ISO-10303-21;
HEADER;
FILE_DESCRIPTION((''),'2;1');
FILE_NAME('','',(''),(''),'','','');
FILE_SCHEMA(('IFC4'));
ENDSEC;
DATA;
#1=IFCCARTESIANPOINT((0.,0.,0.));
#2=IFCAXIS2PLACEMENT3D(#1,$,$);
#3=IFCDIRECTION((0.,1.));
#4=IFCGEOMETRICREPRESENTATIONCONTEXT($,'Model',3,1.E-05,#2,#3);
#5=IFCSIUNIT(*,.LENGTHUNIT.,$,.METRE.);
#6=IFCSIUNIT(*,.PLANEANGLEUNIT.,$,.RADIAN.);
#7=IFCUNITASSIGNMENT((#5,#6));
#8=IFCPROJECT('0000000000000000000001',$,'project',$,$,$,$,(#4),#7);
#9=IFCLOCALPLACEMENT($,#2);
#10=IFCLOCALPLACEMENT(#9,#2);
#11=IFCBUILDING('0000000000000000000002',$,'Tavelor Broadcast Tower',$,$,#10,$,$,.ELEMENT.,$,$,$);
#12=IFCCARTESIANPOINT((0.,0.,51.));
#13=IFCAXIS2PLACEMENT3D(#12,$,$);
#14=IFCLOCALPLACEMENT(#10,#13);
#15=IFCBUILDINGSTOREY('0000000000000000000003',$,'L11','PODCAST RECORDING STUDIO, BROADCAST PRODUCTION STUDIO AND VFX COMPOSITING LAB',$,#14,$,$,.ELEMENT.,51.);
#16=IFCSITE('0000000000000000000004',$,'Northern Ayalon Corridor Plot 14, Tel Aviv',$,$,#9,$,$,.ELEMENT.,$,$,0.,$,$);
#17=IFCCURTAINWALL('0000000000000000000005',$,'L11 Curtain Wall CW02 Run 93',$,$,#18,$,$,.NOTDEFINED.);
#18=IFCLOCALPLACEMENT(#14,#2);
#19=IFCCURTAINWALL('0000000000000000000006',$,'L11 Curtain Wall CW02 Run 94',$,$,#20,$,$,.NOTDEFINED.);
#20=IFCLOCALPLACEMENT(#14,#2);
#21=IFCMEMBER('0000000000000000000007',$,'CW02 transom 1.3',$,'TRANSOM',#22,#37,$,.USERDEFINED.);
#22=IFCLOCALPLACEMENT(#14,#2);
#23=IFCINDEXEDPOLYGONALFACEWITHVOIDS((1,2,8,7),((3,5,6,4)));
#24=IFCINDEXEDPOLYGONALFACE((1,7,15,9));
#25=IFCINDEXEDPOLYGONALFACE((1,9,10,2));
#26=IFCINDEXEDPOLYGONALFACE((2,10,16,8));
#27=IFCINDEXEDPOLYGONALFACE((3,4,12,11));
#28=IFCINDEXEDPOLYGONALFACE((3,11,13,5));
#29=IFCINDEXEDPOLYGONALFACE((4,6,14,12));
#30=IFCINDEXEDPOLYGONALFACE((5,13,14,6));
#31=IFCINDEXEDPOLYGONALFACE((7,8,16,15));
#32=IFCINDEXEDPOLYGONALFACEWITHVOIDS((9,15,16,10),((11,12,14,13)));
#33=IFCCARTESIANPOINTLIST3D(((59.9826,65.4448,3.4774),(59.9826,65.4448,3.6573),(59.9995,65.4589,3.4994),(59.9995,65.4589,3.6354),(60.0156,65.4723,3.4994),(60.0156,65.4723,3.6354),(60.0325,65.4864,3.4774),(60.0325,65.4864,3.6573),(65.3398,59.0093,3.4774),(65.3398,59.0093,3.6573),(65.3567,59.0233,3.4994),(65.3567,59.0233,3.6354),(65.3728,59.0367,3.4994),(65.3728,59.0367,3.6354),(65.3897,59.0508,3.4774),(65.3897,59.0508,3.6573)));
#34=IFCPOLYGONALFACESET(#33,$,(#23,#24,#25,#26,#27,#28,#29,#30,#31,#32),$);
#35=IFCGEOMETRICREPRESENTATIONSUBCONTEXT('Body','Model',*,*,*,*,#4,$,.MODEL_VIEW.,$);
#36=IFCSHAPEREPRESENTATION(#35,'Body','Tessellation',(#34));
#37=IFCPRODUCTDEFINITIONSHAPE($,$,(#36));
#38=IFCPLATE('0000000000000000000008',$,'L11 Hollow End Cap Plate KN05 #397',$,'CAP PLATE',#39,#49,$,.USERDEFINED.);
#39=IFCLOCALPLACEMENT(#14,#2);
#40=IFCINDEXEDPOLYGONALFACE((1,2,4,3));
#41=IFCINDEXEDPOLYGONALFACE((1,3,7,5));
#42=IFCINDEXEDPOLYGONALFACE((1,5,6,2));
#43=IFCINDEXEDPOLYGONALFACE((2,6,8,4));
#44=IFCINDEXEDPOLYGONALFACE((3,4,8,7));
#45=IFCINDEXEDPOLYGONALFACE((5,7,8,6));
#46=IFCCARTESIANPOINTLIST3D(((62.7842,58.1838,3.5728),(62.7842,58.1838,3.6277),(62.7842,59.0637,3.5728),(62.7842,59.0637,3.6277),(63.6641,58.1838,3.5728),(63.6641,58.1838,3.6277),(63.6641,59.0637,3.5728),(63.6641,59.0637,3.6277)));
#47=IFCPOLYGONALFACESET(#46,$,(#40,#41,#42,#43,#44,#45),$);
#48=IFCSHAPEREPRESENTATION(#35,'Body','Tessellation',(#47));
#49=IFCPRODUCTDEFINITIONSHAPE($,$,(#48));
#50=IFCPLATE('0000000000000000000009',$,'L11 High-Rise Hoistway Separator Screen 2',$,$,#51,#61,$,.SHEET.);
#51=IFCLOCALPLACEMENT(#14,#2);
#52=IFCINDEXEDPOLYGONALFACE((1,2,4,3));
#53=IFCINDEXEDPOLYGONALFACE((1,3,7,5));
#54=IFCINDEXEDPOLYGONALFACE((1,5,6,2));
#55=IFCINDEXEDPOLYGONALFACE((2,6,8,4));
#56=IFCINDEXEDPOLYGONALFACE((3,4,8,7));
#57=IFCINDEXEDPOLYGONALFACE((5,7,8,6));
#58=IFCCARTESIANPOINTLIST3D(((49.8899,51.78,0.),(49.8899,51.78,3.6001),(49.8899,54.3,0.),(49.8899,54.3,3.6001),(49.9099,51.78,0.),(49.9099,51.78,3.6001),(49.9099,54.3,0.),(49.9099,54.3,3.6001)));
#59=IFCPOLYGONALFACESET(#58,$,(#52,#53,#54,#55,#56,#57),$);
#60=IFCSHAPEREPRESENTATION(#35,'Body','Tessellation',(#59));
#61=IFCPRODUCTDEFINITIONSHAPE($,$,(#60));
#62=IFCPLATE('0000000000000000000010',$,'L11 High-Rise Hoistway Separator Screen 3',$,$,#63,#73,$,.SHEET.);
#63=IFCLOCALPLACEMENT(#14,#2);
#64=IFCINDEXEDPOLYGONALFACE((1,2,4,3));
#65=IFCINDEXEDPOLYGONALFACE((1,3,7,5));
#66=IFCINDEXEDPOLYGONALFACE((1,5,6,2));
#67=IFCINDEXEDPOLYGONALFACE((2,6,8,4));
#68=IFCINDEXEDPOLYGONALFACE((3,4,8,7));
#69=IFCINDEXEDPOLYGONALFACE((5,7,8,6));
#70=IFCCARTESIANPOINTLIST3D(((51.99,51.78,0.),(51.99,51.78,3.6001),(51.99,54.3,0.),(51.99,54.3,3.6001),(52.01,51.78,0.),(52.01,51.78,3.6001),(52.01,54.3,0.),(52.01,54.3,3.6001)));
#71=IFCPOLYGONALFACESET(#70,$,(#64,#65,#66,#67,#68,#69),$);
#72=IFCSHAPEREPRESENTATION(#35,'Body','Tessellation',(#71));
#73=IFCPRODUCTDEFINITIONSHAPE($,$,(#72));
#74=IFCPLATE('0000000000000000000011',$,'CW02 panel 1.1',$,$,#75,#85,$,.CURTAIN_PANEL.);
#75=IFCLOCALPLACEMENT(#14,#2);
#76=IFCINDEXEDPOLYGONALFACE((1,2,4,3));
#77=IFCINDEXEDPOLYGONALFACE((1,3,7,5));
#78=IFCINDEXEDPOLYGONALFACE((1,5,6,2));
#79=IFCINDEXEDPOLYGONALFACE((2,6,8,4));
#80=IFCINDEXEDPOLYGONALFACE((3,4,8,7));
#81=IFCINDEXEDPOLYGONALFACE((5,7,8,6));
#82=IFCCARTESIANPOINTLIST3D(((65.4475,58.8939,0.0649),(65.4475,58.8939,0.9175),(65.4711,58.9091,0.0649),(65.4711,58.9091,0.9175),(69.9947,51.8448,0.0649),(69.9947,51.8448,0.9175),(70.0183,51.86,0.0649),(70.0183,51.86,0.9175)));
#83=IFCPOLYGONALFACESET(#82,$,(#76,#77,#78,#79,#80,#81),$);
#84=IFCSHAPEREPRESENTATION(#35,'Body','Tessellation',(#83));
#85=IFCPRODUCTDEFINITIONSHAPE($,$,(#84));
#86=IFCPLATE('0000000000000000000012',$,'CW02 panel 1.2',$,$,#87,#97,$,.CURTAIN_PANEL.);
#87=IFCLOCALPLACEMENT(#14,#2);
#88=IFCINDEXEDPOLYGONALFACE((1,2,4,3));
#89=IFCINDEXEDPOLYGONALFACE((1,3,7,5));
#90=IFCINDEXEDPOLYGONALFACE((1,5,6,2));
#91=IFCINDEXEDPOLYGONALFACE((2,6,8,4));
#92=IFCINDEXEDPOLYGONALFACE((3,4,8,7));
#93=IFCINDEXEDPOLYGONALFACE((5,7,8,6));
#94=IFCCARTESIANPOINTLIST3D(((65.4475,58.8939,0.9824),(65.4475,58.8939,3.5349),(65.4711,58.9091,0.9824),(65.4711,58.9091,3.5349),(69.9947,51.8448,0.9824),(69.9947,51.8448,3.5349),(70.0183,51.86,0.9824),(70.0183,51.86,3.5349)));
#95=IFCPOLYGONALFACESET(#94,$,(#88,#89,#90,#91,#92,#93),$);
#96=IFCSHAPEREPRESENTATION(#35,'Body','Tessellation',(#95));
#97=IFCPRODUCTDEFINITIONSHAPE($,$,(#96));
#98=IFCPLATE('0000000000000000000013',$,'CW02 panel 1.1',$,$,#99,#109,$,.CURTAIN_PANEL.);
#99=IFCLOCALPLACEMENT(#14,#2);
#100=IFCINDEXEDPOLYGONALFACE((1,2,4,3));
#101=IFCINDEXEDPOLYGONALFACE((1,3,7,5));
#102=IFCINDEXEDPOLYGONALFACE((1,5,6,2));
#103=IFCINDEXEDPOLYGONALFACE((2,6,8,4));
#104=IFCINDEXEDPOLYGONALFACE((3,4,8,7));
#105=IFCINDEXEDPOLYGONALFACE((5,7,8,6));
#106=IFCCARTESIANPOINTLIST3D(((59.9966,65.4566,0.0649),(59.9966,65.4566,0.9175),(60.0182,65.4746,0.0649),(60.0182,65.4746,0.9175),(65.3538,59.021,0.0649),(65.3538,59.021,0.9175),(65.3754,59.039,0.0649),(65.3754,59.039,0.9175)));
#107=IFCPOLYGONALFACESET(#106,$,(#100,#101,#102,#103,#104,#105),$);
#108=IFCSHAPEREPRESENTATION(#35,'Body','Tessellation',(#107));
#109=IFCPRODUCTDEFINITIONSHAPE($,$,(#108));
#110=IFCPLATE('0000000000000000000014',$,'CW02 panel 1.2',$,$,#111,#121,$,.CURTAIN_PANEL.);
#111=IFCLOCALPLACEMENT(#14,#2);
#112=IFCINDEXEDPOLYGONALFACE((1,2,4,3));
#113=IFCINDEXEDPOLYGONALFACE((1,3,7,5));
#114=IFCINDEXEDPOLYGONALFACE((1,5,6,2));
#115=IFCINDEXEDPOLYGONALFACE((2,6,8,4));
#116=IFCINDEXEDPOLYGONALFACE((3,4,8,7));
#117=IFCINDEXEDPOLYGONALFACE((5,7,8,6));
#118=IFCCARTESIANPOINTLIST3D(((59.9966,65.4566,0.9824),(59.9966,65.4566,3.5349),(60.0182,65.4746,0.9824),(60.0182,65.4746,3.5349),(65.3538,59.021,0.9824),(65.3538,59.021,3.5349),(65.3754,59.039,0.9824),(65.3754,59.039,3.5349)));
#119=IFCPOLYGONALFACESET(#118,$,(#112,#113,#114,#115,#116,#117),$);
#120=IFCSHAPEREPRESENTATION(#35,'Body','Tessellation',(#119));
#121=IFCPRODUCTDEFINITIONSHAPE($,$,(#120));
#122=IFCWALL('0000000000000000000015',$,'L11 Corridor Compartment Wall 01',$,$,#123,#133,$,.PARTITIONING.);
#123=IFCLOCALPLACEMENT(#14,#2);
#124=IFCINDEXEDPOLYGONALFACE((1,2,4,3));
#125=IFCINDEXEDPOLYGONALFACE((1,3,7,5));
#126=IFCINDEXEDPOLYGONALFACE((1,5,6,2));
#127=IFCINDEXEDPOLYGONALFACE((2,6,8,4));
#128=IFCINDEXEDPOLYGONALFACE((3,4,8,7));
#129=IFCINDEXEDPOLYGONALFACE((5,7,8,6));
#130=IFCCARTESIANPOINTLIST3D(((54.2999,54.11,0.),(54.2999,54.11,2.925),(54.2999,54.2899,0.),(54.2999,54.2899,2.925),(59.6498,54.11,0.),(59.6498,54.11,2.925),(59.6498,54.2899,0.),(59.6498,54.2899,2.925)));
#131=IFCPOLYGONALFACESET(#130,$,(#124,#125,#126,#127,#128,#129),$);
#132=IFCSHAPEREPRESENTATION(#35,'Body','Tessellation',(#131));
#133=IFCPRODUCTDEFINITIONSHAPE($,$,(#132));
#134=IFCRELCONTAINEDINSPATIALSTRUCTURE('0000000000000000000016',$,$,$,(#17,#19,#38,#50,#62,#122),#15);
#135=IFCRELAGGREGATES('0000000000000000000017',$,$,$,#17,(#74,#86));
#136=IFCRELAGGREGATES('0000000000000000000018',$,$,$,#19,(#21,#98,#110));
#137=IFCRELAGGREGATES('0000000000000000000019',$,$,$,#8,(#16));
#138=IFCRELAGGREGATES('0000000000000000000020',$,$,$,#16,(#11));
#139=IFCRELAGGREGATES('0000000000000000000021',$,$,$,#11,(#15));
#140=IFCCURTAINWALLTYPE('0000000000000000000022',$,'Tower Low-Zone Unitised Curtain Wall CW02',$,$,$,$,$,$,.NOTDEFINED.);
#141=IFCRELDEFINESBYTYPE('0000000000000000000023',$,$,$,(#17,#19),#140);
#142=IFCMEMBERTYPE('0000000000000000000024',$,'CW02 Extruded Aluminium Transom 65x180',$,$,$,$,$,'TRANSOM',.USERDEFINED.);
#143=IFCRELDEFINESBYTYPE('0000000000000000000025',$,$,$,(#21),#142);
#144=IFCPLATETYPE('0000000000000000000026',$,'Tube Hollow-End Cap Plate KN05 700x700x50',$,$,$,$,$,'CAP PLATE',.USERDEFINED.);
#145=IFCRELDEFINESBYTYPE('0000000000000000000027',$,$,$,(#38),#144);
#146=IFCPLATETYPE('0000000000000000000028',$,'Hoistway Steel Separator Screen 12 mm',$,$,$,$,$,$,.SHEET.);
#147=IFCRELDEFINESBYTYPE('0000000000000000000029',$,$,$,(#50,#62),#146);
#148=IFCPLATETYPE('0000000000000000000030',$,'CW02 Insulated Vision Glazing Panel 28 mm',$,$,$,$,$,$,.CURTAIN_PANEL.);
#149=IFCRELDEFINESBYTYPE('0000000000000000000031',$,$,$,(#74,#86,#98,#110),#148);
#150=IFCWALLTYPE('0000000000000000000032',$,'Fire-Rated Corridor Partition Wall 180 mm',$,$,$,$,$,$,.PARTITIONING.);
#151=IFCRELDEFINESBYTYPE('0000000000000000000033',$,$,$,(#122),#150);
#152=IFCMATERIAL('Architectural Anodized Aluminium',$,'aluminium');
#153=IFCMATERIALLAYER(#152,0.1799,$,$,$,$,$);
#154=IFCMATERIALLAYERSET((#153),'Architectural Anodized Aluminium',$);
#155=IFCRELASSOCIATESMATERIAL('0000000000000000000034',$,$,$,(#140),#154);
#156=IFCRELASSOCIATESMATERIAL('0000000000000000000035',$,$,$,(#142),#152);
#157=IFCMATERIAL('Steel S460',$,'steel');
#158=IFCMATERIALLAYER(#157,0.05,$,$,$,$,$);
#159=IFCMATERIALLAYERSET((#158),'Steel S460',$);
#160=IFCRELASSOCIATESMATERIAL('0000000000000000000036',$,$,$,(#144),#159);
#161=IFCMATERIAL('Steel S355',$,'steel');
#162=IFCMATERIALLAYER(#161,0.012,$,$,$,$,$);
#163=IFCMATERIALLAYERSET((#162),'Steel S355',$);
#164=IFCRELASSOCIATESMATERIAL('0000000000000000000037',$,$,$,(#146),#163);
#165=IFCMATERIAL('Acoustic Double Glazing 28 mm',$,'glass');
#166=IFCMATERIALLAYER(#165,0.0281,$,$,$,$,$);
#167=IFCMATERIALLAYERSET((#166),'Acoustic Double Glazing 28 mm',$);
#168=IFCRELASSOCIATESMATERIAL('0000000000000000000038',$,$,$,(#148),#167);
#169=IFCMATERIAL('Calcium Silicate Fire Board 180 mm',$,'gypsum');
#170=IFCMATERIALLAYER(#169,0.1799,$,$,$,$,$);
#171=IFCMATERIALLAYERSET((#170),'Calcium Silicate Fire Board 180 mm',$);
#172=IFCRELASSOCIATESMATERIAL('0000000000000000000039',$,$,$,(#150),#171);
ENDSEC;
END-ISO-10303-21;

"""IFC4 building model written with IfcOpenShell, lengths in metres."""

from ifc_helpers import new_model, si_unit, direction, frame, frame_2d, origin, origin_2d, place, context, subcontext, project, spatial, rectangle, hollow_rectangle, extrude, source, transform, mapped, material, layer, layer_set, material_profile, profile_set, type_object, type_shapes, element, aggregate, save


model = new_model("IFC4")

# Units and contexts
model_context = context("Model", 3, precision=1e-05, world=origin(), true_north=direction((0.0, 1.0)))
body_context = subcontext(model_context, "Body", "Model", "MODEL_VIEW")
ifc_project = project(units=[si_unit("LENGTHUNIT", "METRE"), si_unit("PLANEANGLEUNIT", "RADIAN")], contexts=[model_context])

# Site, building, storey
site_placement = place(None, origin())
site = spatial("IfcSite", under=ifc_project, at=site_placement, Name="Northern Ayalon Corridor Plot 14, Tel Aviv", CompositionType="ELEMENT", RefElevation=0.0)
building_placement = place(site_placement, origin())
building = spatial("IfcBuilding", under=site, at=building_placement, Name="Tavelor Broadcast Tower", CompositionType="ELEMENT")
storey_placement = place(building_placement, frame((0.0, 0.0, 51.0)))
storey = spatial("IfcBuildingStorey", under=building, at=storey_placement, Name="L11", Description="PODCAST RECORDING STUDIO, BROADCAST PRODUCTION STUDIO AND VFX COMPOSITING LAB", CompositionType="ELEMENT", Elevation=51.0)

# Shared definitions
ifc_material_1 = material(Name="Steel S460", Category="steel")

# Shared definitions
ifc_material_2 = material(Name="Steel S355", Category="steel")

# Curtain wall
ifc_material_3 = material(Name="Architectural Anodized Aluminium", Category="aluminium")
ifc_layer_1 = layer(ifc_material_3, 0.1799)
ifc_layer_set_1 = layer_set([ifc_layer_1], Name="Architectural Anodized Aluminium")
curtain_wall_type = type_object("IfcCurtainWallType", Name="Tower Low-Zone Unitised Curtain Wall CW02", PredefinedType="NOTDEFINED", material=ifc_layer_set_1)
curtain_wall_1_placement = place(storey_placement, origin())
curtain_wall_1 = element("IfcCurtainWall", 1, at=curtain_wall_1_placement, inside=storey, type_object=curtain_wall_type, Name="L11 Curtain Wall CW02 Run 93", PredefinedType="NOTDEFINED")

# Curtain wall, member
curtain_wall_2_placement = place(storey_placement, origin())
curtain_wall_2 = element("IfcCurtainWall", 2, at=curtain_wall_2_placement, inside=storey, type_object=curtain_wall_type, Name="L11 Curtain Wall CW02 Run 94", PredefinedType="NOTDEFINED")
ifc_material_profile_1 = material_profile(ifc_material_3, hollow_rectangle(XDim=0.0649, YDim=0.1799, WallThickness=0.022, at=origin_2d()), Name="RHS 65x180x22")
ifc_profile_set_1 = profile_set([ifc_material_profile_1], Name="Architectural Anodized Aluminium")
member_type_1 = type_object("IfcMemberType", Name="CW02 Extruded Aluminium Transom 65x180", ElementType="TRANSOM", PredefinedType="USERDEFINED", material=ifc_profile_set_1)
shared_shape_1 = source(origin(), body_context, "Body", "SweptSolid", [
    extrude(hollow_rectangle(XDim=0.0649, YDim=0.1799, WallThickness=0.022, at=origin_2d()), origin(), (0.0, 0.0, 1.0), 8.3735),
])
type_shapes(member_type_1, [shared_shape_1])
member_1_placement = place(storey_placement, frame((65.3647, 59.03, 3.5674), z_axis=(-0.639777, 0.768561, 0.0), x_axis=(-0.768561, -0.639777, 0.0)))
member_1 = element("IfcMember", 3, at=member_1_placement, type_object=member_type_1, Name="CW02 transom 1.3", ObjectType="TRANSOM", PredefinedType="USERDEFINED", context=body_context, shape_type="MappedRepresentation", body=[
    mapped(shared_shape_1, transform((0.0, 0.0, 0.0), scale=1.0)),
])

# Plates
ifc_layer_2 = layer(ifc_material_1, 0.05)
ifc_layer_set_2 = layer_set([ifc_layer_2], Name="Steel S460")
plate_type_1 = type_object("IfcPlateType", Name="Tube Hollow-End Cap Plate KN05 700x700x50", ElementType="CAP PLATE", PredefinedType="USERDEFINED", material=ifc_layer_set_2)
shared_shape_2 = source(origin(), body_context, "Body", "SweptSolid", [
    extrude(rectangle(XDim=0.8799, YDim=0.8799, at=origin_2d()), origin(), (0.0, 0.0, 1.0), 0.0549),
])
type_shapes(plate_type_1, [shared_shape_2])
plate_1_placement = place(storey_placement, frame((63.2241, 58.6238, 3.5728), z_axis=(0.0, 0.0, 1.0), x_axis=(1.0, 0.0, 0.0)))
element("IfcPlate", 4, at=plate_1_placement, inside=storey, type_object=plate_type_1, Name="L11 Hollow End Cap Plate KN05 #397", ObjectType="CAP PLATE", PredefinedType="USERDEFINED", context=body_context, shape_type="MappedRepresentation", body=[
    mapped(shared_shape_2, transform((0.0, 0.0, 0.0), scale=1.0)),
])
ifc_layer_3 = layer(ifc_material_2, 0.012)
ifc_layer_set_3 = layer_set([ifc_layer_3], Name="Steel S355")
plate_type_2 = type_object("IfcPlateType", Name="Hoistway Steel Separator Screen 12 mm", PredefinedType="SHEET", material=ifc_layer_set_3)
shared_shape_3 = source(origin(), body_context, "Body", "SweptSolid", [
    extrude(rectangle(XDim=0.02, YDim=2.52, at=origin_2d()), origin(), (0.0, 0.0, 1.0), 3.6001),
])
type_shapes(plate_type_2, [shared_shape_3])
for number, where, z_axis, x_axis, name in (
    (5, (49.8999, 53.04, 0.0), (0.0, 0.0, 1.0), (1.0, 0.0, 0.0), "L11 High-Rise Hoistway Separator Screen 2"),
    (6, (52.0, 53.04, 0.0), (0.0, 0.0, 1.0), (1.0, 0.0, 0.0), "L11 High-Rise Hoistway Separator Screen 3"),
):
    element("IfcPlate", number, at=place(storey_placement, frame(where, z_axis=z_axis, x_axis=x_axis)), inside=storey, type_object=plate_type_2, Name=name, PredefinedType="SHEET", context=body_context, shape_type="MappedRepresentation", body=[
        mapped(shared_shape_3, transform((0.0, 0.0, 0.0), scale=1.0)),
    ])

# Plates
ifc_material_4 = material(Name="Acoustic Double Glazing 28 mm", Category="glass")
ifc_layer_4 = layer(ifc_material_4, 0.0281)
ifc_layer_set_4 = layer_set([ifc_layer_4], Name="Acoustic Double Glazing 28 mm")
plate_type_3 = type_object("IfcPlateType", Name="CW02 Insulated Vision Glazing Panel 28 mm", PredefinedType="CURTAIN_PANEL", material=ifc_layer_set_4)
shared_shape_4 = source(origin(), body_context, "Body", "SweptSolid", [
    extrude(rectangle(XDim=8.3884, YDim=0.0281, at=origin_2d()), origin(), (0.0, 0.0, 1.0), 0.8525),
])
plate_2_placement = place(storey_placement, frame((67.7329, 55.377, 0.0649), z_axis=(0.0, 0.0, 1.0), x_axis=(-0.542072, 0.840332, 0.0)))
plate_2 = element("IfcPlate", 7, at=plate_2_placement, type_object=plate_type_3, Name="CW02 panel 1.1", PredefinedType="CURTAIN_PANEL", context=body_context, shape_type="MappedRepresentation", body=[
    mapped(shared_shape_4, transform((0.0, 0.0, 0.0), scale=1.0)),
])
shared_shape_5 = source(origin(), body_context, "Body", "SweptSolid", [
    extrude(rectangle(XDim=8.3884, YDim=0.0281, at=origin_2d()), origin(), (0.0, 0.0, 1.0), 2.5525),
])
plate_3_placement = place(storey_placement, frame((67.7329, 55.377, 0.9824), z_axis=(0.0, 0.0, 1.0), x_axis=(-0.542072, 0.840332, 0.0)))
plate_3 = element("IfcPlate", 8, at=plate_3_placement, type_object=plate_type_3, Name="CW02 panel 1.2", PredefinedType="CURTAIN_PANEL", context=body_context, shape_type="MappedRepresentation", body=[
    mapped(shared_shape_5, transform((0.0, 0.0, 0.0), scale=1.0)),
])
aggregate(curtain_wall_1, [plate_2, plate_3])
shared_shape_6 = source(origin(), body_context, "Body", "SweptSolid", [
    extrude(rectangle(XDim=8.3735, YDim=0.0281, at=origin_2d()), origin(), (0.0, 0.0, 1.0), 0.8525),
])
plate_4_placement = place(storey_placement, frame((62.686, 62.2478, 0.0649), z_axis=(0.0, 0.0, 1.0), x_axis=(-0.639777, 0.76856, 0.0)))
plate_4 = element("IfcPlate", 9, at=plate_4_placement, type_object=plate_type_3, Name="CW02 panel 1.1", PredefinedType="CURTAIN_PANEL", context=body_context, shape_type="MappedRepresentation", body=[
    mapped(shared_shape_6, transform((0.0, 0.0, 0.0), scale=1.0)),
])
shared_shape_7 = source(origin(), body_context, "Body", "SweptSolid", [
    extrude(rectangle(XDim=8.3735, YDim=0.0281, at=origin_2d()), origin(), (0.0, 0.0, 1.0), 2.5525),
])
type_shapes(plate_type_3, [shared_shape_4, shared_shape_5, shared_shape_6, shared_shape_7])
plate_5_placement = place(storey_placement, frame((62.686, 62.2478, 0.9824), z_axis=(0.0, 0.0, 1.0), x_axis=(-0.639777, 0.76856, 0.0)))
plate_5 = element("IfcPlate", 10, at=plate_5_placement, type_object=plate_type_3, Name="CW02 panel 1.2", PredefinedType="CURTAIN_PANEL", context=body_context, shape_type="MappedRepresentation", body=[
    mapped(shared_shape_7, transform((0.0, 0.0, 0.0), scale=1.0)),
])
aggregate(curtain_wall_2, [member_1, plate_4, plate_5])

# Wall
ifc_material_5 = material(Name="Calcium Silicate Fire Board 180 mm", Category="gypsum")
ifc_layer_5 = layer(ifc_material_5, 0.1799)
ifc_layer_set_5 = layer_set([ifc_layer_5], Name="Calcium Silicate Fire Board 180 mm")
wall_type_1 = type_object("IfcWallType", Name="Fire-Rated Corridor Partition Wall 180 mm", PredefinedType="PARTITIONING", material=ifc_layer_set_5)
wall_1_placement = place(storey_placement, frame((54.3, 54.2, 0.0), z_axis=(0.0, 0.0, 1.0), x_axis=(1.0, 0.0, 0.0)))
element("IfcWall", 11, at=wall_1_placement, inside=storey, type_object=wall_type_1, Name="L11 Corridor Compartment Wall 01", PredefinedType="PARTITIONING", context=body_context, shape_type="SweptSolid", body=[
    extrude(rectangle(XDim=5.3499, YDim=0.1799, at=frame_2d((2.6748, 0.0))), origin(), (0.0, 0.0, 1.0), 2.925),
])

save(model, "model.ifc")
